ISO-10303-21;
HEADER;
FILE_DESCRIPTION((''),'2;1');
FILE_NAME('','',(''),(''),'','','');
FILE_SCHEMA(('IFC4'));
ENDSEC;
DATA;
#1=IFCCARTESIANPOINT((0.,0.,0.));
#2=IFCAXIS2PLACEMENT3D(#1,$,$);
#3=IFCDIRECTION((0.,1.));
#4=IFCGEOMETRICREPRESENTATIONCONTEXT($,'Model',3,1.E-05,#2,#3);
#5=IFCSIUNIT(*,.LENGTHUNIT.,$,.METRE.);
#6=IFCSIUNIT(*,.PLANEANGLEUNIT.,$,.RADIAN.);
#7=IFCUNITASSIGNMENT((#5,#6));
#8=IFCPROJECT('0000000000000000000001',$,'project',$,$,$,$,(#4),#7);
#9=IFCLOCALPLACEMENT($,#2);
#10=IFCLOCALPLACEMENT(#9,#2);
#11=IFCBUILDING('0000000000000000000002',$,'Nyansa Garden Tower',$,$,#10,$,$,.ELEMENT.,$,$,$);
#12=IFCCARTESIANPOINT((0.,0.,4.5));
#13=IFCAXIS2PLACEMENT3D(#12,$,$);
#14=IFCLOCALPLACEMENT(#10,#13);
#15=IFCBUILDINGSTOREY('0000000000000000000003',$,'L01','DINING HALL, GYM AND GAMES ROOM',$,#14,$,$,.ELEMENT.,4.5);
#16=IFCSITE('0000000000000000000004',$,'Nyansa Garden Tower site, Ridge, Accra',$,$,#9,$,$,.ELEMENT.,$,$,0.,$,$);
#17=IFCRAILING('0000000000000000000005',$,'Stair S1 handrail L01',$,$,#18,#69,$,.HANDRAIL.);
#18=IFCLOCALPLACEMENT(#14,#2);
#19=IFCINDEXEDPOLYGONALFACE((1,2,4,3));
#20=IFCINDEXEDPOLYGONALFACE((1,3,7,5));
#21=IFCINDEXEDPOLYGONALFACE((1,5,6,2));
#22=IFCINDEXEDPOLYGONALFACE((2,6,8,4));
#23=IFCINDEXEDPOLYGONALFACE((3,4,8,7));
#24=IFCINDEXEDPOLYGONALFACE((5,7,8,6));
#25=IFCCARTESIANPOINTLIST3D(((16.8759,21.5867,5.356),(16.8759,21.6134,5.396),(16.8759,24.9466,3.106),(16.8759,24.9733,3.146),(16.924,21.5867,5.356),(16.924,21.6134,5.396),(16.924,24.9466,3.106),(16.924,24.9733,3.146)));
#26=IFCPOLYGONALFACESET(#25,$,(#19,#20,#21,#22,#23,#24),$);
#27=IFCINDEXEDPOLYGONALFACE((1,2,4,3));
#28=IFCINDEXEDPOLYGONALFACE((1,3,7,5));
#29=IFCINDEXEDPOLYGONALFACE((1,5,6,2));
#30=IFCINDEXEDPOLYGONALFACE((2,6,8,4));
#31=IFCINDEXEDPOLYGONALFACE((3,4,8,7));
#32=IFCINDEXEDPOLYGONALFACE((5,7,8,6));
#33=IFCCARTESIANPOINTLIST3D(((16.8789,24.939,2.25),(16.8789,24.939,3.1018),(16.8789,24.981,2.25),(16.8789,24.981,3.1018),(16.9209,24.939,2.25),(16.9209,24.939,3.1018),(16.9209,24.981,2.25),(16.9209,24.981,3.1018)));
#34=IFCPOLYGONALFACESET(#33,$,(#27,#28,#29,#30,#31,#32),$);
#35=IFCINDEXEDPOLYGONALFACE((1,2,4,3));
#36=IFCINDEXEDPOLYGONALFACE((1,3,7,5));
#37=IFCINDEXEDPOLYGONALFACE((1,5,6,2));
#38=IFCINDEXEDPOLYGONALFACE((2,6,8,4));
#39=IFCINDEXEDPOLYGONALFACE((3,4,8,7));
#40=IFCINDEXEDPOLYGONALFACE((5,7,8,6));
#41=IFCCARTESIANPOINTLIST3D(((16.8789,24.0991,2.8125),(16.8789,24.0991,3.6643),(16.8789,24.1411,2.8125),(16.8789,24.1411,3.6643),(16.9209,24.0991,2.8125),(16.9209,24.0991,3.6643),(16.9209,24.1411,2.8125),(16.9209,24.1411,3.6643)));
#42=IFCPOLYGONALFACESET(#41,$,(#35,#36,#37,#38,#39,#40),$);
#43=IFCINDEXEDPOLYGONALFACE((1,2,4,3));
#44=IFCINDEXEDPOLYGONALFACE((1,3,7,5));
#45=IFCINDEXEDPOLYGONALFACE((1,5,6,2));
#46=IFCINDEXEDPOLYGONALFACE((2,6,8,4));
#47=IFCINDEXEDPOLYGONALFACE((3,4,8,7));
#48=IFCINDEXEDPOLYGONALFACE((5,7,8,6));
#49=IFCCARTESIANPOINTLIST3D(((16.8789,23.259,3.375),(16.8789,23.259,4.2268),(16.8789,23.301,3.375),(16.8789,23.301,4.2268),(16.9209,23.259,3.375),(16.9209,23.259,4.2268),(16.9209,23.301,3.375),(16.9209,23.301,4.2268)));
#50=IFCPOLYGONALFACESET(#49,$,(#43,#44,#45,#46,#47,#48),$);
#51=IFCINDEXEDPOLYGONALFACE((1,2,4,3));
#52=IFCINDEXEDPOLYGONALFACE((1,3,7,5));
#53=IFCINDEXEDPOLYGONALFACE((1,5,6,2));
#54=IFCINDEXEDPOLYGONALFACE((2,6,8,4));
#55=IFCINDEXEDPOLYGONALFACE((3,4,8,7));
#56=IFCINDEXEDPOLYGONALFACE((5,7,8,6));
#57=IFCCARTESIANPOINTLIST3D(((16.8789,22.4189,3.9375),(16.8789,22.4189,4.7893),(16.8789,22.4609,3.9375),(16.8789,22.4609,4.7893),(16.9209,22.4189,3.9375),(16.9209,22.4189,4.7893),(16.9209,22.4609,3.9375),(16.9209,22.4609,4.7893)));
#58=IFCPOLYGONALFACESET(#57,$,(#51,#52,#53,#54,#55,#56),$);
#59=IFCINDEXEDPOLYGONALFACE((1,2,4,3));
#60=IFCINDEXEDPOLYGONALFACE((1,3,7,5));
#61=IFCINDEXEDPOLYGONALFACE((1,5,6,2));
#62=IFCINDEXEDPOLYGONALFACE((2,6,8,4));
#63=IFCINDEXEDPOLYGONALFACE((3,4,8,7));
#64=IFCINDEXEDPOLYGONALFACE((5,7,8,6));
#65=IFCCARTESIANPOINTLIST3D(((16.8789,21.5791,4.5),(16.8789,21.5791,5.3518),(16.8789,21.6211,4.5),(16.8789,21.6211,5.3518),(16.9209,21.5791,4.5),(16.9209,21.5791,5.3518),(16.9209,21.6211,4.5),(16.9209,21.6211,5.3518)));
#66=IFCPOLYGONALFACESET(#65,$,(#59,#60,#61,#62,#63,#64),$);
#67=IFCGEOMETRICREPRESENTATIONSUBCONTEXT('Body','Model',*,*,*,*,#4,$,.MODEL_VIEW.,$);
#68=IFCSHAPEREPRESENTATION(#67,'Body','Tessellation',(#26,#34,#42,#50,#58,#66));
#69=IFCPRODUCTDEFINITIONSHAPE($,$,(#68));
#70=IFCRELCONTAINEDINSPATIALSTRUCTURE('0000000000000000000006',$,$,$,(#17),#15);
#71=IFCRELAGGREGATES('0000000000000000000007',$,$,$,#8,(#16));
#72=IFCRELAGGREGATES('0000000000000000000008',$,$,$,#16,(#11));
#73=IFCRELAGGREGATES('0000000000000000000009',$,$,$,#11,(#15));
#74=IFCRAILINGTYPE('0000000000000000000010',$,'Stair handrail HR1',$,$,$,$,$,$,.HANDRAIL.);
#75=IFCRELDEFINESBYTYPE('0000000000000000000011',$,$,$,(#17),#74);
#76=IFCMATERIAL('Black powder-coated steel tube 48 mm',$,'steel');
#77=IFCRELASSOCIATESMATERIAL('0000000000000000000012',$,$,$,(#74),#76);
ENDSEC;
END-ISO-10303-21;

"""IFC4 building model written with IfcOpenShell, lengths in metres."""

from ifc_helpers import new_model, si_unit, direction, frame, origin, origin_2d, place, context, subcontext, project, spatial, rectangle, extrude, material, type_object, element, save


model = new_model("IFC4")

# Units and contexts
model_context = context("Model", 3, precision=1e-05, world=origin(), true_north=direction((0.0, 1.0)))
body_context = subcontext(model_context, "Body", "Model", "MODEL_VIEW")
ifc_project = project(units=[si_unit("LENGTHUNIT", "METRE"), si_unit("PLANEANGLEUNIT", "RADIAN")], contexts=[model_context])

# Site, building, storey
site_placement = place(None, origin())
site = spatial("IfcSite", under=ifc_project, at=site_placement, Name="Nyansa Garden Tower site, Ridge, Accra", CompositionType="ELEMENT", RefElevation=0.0)
building_placement = place(site_placement, origin())
building = spatial("IfcBuilding", under=site, at=building_placement, Name="Nyansa Garden Tower", CompositionType="ELEMENT")
storey_placement = place(building_placement, frame((0.0, 0.0, 4.5)))
storey = spatial("IfcBuildingStorey", under=building, at=storey_placement, Name="L01", Description="DINING HALL, GYM AND GAMES ROOM", CompositionType="ELEMENT", Elevation=4.5)

# Railing
ifc_material_1 = material(Name="Black powder-coated steel tube 48 mm", Category="steel")
railing_type = type_object("IfcRailingType", Name="Stair handrail HR1", PredefinedType="HANDRAIL", material=ifc_material_1)
railing_placement = place(storey_placement, frame((16.8999, 24.96, 2.25)))
element("IfcRailing", 1, at=railing_placement, inside=storey, type_object=railing_type, Name="Stair S1 handrail L01", PredefinedType="HANDRAIL", context=body_context, shape_type="SweptSolid", body=[
    extrude(rectangle(XDim=0.0481, YDim=0.0481, at=origin_2d()), frame((0.0, 0.0, 0.876), z_axis=(0.0, -0.830897, 0.556427), x_axis=(1.0, 0.0, 0.0)), (0.0, 0.0, 1.0), 4.0437),
    extrude(rectangle(XDim=0.042, YDim=0.042, at=origin_2d()), origin(), (0.0, 0.0, 1.0), 0.8518),
    extrude(rectangle(XDim=0.042, YDim=0.042, at=origin_2d()), frame((0.0, -0.8398, 0.5625)), (0.0, 0.0, 1.0), 0.8518),
    extrude(rectangle(XDim=0.042, YDim=0.042, at=origin_2d()), frame((0.0, -1.6799, 1.125)), (0.0, 0.0, 1.0), 0.8518),
    extrude(rectangle(XDim=0.042, YDim=0.042, at=origin_2d()), frame((0.0, -2.52, 1.6875)), (0.0, 0.0, 1.0), 0.8518),
    extrude(rectangle(XDim=0.042, YDim=0.042, at=origin_2d()), frame((0.0, -3.3599, 2.25)), (0.0, 0.0, 1.0), 0.8518),
])

save(model, "model.ifc")
